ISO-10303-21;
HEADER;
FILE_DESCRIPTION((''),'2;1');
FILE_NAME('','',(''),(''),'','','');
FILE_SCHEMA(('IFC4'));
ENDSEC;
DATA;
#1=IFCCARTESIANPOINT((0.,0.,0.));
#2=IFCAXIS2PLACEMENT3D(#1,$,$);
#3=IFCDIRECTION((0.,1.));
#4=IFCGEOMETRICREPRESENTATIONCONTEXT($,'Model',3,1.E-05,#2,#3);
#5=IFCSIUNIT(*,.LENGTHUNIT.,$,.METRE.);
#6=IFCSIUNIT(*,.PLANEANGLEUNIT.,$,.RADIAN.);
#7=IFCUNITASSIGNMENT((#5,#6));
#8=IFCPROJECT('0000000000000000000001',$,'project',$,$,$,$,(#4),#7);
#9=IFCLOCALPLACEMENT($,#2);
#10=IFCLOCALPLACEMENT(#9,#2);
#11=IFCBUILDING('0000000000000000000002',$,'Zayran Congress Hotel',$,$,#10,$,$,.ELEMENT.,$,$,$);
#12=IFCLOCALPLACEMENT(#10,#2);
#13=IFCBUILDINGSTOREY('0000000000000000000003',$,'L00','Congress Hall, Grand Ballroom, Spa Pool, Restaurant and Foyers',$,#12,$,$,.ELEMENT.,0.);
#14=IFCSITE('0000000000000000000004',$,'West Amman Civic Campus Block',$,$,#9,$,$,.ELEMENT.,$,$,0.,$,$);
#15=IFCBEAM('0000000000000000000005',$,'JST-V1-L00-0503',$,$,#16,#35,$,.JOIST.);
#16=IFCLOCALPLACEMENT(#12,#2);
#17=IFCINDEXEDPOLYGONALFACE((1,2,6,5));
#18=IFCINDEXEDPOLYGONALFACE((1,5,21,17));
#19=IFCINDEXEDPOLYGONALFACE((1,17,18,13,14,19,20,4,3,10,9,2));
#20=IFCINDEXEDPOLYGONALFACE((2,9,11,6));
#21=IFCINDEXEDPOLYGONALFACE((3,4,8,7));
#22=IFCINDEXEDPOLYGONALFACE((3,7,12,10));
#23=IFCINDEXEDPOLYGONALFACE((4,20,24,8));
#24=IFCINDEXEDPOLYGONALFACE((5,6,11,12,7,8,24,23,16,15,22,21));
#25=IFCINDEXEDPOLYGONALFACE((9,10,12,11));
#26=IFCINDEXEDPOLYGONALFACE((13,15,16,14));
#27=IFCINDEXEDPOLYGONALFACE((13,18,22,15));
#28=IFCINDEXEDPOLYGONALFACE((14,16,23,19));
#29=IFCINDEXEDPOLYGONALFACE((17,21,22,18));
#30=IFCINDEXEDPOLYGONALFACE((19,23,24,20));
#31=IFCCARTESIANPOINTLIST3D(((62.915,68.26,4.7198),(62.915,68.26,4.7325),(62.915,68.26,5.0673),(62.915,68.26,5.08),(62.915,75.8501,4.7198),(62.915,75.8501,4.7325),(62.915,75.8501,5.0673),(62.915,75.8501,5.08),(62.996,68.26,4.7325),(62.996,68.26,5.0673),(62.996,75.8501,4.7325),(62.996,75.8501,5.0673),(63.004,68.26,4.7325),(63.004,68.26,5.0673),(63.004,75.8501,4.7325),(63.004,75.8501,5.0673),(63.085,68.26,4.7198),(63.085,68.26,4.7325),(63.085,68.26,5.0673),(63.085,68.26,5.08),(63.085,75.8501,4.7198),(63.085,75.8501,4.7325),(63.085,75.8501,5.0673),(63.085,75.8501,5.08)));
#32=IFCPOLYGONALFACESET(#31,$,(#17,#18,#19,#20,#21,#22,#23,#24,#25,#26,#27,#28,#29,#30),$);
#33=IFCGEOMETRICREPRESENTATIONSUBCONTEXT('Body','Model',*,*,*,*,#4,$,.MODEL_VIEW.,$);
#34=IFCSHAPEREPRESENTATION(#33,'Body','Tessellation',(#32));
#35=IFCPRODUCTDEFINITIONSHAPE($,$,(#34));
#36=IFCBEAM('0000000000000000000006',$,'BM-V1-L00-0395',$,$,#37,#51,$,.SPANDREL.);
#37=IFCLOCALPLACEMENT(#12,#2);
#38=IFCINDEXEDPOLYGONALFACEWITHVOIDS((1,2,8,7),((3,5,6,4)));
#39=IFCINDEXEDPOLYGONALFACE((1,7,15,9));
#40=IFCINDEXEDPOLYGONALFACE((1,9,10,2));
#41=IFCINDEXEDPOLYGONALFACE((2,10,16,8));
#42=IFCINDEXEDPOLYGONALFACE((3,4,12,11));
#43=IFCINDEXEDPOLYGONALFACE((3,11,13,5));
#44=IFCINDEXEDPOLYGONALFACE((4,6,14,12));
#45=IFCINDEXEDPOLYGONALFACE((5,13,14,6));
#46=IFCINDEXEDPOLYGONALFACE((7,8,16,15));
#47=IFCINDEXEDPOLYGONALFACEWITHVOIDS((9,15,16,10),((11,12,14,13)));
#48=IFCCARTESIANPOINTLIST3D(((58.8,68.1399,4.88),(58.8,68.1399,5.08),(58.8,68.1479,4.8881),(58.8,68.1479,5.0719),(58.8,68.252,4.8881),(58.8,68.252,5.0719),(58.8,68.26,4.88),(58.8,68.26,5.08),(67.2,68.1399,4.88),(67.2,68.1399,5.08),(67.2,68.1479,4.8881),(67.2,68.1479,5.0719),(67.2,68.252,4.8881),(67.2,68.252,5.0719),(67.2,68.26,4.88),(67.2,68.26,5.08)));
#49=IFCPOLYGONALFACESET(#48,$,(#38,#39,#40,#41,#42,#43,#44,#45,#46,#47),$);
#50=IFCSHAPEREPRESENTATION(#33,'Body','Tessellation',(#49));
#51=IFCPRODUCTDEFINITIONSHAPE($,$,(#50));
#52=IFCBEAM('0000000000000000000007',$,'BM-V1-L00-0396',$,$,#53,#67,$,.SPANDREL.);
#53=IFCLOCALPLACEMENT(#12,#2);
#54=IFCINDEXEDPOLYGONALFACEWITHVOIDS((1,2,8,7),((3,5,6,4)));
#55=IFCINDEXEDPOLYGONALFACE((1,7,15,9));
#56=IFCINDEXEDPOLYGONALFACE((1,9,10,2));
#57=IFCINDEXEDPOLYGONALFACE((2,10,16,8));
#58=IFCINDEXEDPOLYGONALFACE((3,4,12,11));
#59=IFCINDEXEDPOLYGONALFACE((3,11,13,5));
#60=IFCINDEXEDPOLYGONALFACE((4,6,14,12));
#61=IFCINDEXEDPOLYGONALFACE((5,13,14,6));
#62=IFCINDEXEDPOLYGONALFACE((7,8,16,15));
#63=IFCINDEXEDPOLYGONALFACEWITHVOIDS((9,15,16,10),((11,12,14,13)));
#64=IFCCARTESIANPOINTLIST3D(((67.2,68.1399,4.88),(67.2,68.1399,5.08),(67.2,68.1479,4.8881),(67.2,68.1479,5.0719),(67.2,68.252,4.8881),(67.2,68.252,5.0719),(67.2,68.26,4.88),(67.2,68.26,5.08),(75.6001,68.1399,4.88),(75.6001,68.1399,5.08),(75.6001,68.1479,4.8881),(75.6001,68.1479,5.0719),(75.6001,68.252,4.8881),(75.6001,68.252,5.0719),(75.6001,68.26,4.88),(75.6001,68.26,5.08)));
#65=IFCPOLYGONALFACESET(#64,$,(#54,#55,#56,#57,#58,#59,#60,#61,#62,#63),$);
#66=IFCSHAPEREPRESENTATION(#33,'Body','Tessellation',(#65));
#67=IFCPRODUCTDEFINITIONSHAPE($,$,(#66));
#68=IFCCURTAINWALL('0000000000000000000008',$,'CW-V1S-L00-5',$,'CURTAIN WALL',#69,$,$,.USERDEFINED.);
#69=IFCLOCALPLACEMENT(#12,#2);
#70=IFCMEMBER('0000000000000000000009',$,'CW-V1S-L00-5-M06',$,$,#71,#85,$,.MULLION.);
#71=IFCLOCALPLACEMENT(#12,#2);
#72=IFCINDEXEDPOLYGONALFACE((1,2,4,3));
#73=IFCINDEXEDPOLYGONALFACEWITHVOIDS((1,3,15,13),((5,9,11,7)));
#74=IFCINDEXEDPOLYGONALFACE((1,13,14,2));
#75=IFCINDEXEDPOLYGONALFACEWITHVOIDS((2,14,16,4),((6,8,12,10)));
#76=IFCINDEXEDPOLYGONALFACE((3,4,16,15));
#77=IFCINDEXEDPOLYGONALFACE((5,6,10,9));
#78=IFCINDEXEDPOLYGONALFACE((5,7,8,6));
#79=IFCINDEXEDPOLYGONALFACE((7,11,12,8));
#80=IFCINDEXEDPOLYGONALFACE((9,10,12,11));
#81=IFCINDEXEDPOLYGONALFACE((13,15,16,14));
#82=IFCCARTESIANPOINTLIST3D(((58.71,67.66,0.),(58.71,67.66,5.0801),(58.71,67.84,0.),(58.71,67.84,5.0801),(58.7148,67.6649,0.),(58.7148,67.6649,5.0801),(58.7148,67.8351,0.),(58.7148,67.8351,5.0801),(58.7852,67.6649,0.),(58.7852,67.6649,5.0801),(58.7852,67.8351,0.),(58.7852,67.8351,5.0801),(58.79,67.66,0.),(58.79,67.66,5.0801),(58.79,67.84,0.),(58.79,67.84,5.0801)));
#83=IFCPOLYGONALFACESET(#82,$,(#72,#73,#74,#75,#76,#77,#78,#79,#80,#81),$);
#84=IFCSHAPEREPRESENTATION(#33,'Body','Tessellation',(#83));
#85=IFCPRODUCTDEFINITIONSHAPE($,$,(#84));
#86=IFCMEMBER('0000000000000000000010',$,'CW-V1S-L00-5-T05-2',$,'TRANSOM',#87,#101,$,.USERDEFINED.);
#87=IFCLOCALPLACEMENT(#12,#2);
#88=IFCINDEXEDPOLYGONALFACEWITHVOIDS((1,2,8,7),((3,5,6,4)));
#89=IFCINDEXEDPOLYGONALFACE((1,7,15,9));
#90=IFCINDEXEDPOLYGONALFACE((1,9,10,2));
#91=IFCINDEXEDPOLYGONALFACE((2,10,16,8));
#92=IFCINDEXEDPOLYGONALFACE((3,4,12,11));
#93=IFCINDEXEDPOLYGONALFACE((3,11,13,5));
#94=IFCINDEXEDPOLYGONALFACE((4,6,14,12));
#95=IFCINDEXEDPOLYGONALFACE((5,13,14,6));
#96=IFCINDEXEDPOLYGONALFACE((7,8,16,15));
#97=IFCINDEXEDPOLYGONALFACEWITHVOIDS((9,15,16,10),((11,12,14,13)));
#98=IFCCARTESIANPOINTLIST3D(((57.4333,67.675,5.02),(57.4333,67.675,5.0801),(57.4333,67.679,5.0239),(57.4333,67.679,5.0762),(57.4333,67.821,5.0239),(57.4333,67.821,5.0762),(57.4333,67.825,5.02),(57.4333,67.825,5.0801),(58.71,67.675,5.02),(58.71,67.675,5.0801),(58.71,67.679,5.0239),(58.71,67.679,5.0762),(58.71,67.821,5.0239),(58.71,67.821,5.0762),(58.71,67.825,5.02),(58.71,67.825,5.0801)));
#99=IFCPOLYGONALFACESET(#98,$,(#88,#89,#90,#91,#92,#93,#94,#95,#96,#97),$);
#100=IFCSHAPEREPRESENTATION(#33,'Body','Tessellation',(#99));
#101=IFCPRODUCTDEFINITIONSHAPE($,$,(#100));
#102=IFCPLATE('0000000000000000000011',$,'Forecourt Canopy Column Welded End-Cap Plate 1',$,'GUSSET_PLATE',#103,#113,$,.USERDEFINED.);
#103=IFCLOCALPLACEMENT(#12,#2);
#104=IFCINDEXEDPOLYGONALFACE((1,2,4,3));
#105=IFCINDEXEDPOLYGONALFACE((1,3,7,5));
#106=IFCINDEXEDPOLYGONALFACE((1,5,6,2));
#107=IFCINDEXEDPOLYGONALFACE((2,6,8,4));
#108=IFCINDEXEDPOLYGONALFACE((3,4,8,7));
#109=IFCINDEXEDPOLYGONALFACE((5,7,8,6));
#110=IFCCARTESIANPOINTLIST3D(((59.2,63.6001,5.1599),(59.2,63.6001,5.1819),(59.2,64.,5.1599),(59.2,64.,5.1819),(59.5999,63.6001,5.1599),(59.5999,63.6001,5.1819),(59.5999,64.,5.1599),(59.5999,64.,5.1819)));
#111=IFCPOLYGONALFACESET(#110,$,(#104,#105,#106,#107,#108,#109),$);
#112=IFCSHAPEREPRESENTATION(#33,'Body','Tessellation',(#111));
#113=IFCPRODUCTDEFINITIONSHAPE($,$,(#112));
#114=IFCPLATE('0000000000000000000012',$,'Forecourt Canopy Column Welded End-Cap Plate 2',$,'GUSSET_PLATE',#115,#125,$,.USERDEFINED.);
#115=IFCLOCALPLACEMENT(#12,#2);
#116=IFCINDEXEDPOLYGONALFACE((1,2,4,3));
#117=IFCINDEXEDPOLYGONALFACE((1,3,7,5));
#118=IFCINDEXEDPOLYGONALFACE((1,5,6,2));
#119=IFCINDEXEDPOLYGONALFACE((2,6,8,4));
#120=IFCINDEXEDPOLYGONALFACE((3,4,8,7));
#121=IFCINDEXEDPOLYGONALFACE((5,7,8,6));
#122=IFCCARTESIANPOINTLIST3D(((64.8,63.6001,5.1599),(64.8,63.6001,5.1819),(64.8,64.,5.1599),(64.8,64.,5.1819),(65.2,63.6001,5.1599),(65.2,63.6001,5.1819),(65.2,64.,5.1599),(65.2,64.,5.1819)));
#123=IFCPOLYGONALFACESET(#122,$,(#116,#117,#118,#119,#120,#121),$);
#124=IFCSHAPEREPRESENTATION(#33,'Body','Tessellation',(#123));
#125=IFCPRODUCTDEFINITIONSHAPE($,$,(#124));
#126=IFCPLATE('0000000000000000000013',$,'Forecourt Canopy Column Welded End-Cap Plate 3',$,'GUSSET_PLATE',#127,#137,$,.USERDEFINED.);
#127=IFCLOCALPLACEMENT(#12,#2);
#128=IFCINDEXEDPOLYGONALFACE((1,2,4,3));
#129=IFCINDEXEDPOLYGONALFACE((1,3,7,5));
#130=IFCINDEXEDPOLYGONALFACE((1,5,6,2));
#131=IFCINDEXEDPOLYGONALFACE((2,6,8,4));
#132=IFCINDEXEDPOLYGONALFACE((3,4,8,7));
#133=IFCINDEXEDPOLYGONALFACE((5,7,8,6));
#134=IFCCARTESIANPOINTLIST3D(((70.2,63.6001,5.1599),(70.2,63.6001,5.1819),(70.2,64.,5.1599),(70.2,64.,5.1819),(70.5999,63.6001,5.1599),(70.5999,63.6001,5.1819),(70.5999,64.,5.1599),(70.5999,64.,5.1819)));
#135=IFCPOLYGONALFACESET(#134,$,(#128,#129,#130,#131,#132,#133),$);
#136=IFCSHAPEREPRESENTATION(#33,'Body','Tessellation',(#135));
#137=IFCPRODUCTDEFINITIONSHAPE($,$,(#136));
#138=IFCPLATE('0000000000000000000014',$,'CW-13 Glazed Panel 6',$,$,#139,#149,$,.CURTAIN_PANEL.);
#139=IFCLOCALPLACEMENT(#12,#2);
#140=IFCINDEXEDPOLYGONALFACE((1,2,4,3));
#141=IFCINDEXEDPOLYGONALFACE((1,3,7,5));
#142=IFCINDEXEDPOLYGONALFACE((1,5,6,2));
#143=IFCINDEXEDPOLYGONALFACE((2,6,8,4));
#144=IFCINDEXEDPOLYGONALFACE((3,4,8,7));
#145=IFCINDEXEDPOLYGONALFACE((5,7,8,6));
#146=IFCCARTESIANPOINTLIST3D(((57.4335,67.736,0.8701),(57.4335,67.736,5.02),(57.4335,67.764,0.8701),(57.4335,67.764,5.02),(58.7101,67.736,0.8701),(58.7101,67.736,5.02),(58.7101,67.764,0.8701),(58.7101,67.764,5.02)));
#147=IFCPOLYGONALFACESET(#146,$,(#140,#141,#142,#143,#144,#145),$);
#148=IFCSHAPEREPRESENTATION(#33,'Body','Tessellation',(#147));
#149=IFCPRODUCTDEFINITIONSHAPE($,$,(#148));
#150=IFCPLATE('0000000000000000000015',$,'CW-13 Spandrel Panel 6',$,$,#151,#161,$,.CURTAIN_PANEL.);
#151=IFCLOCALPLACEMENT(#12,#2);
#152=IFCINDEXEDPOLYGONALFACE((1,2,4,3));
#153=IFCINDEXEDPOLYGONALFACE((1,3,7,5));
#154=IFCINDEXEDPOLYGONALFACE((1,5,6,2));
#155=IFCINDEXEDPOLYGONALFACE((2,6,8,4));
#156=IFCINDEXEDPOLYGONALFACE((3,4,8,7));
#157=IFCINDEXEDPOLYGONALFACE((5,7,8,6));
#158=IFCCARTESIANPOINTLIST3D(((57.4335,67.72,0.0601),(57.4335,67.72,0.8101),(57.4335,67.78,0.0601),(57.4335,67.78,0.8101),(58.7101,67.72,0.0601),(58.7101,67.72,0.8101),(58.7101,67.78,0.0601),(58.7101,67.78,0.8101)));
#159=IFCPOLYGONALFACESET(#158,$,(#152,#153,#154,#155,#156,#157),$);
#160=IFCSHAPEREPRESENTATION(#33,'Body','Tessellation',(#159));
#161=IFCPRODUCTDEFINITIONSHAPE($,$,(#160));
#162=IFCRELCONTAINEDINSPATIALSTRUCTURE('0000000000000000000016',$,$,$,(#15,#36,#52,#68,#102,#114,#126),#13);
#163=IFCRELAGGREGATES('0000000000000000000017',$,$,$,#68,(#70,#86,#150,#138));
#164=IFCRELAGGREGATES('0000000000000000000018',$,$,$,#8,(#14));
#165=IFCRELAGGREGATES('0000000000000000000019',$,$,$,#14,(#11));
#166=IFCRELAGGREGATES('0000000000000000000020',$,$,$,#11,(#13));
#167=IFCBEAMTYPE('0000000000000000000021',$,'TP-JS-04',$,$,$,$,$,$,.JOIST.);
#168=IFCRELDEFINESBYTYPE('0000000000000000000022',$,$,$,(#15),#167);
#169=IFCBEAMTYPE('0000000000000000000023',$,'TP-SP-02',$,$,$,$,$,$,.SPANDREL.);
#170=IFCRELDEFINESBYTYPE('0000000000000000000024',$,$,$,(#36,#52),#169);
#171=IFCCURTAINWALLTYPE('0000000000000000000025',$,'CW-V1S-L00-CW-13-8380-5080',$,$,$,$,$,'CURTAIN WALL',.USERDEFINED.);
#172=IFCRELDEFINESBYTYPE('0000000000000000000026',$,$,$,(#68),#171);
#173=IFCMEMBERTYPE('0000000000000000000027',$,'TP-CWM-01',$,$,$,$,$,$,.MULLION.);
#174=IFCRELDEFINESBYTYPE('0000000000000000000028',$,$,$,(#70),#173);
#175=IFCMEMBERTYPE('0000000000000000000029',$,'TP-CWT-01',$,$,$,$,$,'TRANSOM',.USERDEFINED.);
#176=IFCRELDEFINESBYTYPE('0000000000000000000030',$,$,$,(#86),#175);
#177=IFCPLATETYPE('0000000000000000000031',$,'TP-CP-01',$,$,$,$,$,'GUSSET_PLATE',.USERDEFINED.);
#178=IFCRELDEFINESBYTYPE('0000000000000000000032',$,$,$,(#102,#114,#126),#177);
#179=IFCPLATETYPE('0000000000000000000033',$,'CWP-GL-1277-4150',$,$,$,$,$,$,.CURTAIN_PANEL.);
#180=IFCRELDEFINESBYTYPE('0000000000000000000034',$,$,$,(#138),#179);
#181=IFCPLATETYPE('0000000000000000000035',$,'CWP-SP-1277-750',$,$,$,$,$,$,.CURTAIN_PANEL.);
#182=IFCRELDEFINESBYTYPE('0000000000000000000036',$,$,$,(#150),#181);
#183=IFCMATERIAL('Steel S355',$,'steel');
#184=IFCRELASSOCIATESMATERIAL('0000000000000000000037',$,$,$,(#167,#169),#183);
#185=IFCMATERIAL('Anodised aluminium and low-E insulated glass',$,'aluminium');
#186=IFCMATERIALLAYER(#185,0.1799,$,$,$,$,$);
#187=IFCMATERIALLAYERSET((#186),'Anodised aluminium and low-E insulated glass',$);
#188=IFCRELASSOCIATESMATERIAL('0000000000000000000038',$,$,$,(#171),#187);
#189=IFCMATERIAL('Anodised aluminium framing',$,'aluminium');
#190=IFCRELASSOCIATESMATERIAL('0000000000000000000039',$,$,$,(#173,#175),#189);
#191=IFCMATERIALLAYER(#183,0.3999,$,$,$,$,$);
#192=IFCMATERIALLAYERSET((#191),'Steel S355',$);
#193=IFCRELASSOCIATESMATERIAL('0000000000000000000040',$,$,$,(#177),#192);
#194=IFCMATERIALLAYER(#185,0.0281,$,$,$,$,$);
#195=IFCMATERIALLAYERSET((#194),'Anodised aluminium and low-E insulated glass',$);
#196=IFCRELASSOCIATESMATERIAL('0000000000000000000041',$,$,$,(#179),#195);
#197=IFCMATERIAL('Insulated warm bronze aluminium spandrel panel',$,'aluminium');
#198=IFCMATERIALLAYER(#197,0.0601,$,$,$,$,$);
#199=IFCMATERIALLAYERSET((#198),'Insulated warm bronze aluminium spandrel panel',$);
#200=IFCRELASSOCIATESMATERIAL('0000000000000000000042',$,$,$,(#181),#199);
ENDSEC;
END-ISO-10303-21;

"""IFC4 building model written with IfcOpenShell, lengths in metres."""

from ifc_helpers import new_model, si_unit, direction, frame, origin, origin_2d, place, context, subcontext, project, spatial, rectangle, hollow_rectangle, i_section, extrude, material, layer, layer_set, material_profile, profile_set, type_object, element, aggregate, save


model = new_model("IFC4")

# Units and contexts
model_context = context("Model", 3, precision=1e-05, world=origin(), true_north=direction((0.0, 1.0)))
body_context = subcontext(model_context, "Body", "Model", "MODEL_VIEW")
ifc_project = project(units=[si_unit("LENGTHUNIT", "METRE"), si_unit("PLANEANGLEUNIT", "RADIAN")], contexts=[model_context])

# Site, building, storey
site_placement = place(None, origin())
site = spatial("IfcSite", under=ifc_project, at=site_placement, Name="West Amman Civic Campus Block", CompositionType="ELEMENT", RefElevation=0.0)
building_placement = place(site_placement, origin())
building = spatial("IfcBuilding", under=site, at=building_placement, Name="Zayran Congress Hotel", CompositionType="ELEMENT")
storey_placement = place(building_placement, origin())
storey = spatial("IfcBuildingStorey", under=building, at=storey_placement, Name="L00", Description="Congress Hall, Grand Ballroom, Spa Pool, Restaurant and Foyers", CompositionType="ELEMENT", Elevation=0.0)

# Shared definitions
ifc_material_1 = material(Name="Steel S355", Category="steel")

# Beams
ifc_material_profile_1 = material_profile(ifc_material_1, i_section(OverallWidth=0.1699, OverallDepth=0.3601, WebThickness=0.0081, FlangeThickness=0.0127, at=origin_2d()), Name="IPE 360")
ifc_profile_set_1 = profile_set([ifc_material_profile_1], Name="Steel S355")
beam_type_1 = type_object("IfcBeamType", Name="TP-JS-04", PredefinedType="JOIST", material=ifc_profile_set_1)
beam_1_placement = place(storey_placement, frame((63.0, 68.26, 4.8999), z_axis=(0.0, 1.0, 0.0), x_axis=(-1.0, 0.0, 0.0)))
element("IfcBeam", 1, at=beam_1_placement, inside=storey, type_object=beam_type_1, Name="JST-V1-L00-0503", PredefinedType="JOIST", context=body_context, shape_type="SweptSolid", body=[
    extrude(i_section(OverallWidth=0.1699, OverallDepth=0.3601, WebThickness=0.0081, FlangeThickness=0.0127, at=origin_2d()), origin(), (0.0, 0.0, 1.0), 7.5901),
])
ifc_material_profile_2 = material_profile(ifc_material_1, hollow_rectangle(XDim=0.1201, YDim=0.2, WallThickness=0.0081, at=origin_2d()), Name="RHS 200x120x8")
ifc_profile_set_2 = profile_set([ifc_material_profile_2], Name="Steel S355")
beam_type_2 = type_object("IfcBeamType", Name="TP-SP-02", PredefinedType="SPANDREL", material=ifc_profile_set_2)
beam_2_placement = place(storey_placement, frame((58.8, 68.2, 4.98), z_axis=(1.0, 0.0, 0.0), x_axis=(0.0, 1.0, 0.0)))
element("IfcBeam", 2, at=beam_2_placement, inside=storey, type_object=beam_type_2, Name="BM-V1-L00-0395", PredefinedType="SPANDREL", context=body_context, shape_type="SweptSolid", body=[
    extrude(hollow_rectangle(XDim=0.1201, YDim=0.2, WallThickness=0.0081, at=origin_2d()), origin(), (0.0, 0.0, 1.0), 8.3999),
])
beam_3_placement = place(storey_placement, frame((67.2, 68.2, 4.98), z_axis=(1.0, 0.0, 0.0), x_axis=(0.0, 1.0, 0.0)))
element("IfcBeam", 3, at=beam_3_placement, inside=storey, type_object=beam_type_2, Name="BM-V1-L00-0396", PredefinedType="SPANDREL", context=body_context, shape_type="SweptSolid", body=[
    extrude(hollow_rectangle(XDim=0.1201, YDim=0.2, WallThickness=0.0081, at=origin_2d()), origin(), (0.0, 0.0, 1.0), 8.4001),
])

# Curtain wall, members
ifc_material_2 = material(Name="Anodised aluminium and low-E insulated glass", Category="aluminium")
ifc_layer_1 = layer(ifc_material_2, 0.1799)
ifc_layer_set_1 = layer_set([ifc_layer_1], Name="Anodised aluminium and low-E insulated glass")
curtain_wall_type = type_object("IfcCurtainWallType", Name="CW-V1S-L00-CW-13-8380-5080", ElementType="CURTAIN WALL", PredefinedType="USERDEFINED", material=ifc_layer_set_1)
curtain_wall_placement = place(storey_placement, origin())
curtain_wall = element("IfcCurtainWall", 4, at=curtain_wall_placement, inside=storey, type_object=curtain_wall_type, Name="CW-V1S-L00-5", ObjectType="CURTAIN WALL", PredefinedType="USERDEFINED")
ifc_material_3 = material(Name="Anodised aluminium framing", Category="aluminium")
ifc_material_profile_3 = material_profile(ifc_material_3, hollow_rectangle(XDim=0.0801, YDim=0.1799, WallThickness=0.0049, at=origin_2d()), Name="RHS 180x80x5")
ifc_profile_set_3 = profile_set([ifc_material_profile_3], Name="Anodised aluminium framing")
member_type_1 = type_object("IfcMemberType", Name="TP-CWM-01", PredefinedType="MULLION", material=ifc_profile_set_3)
member_1_placement = place(storey_placement, frame((58.75, 67.75, 0.0), z_axis=(0.0, 0.0, 1.0), x_axis=(1.0, 0.0, 0.0)))
member_1 = element("IfcMember", 5, at=member_1_placement, type_object=member_type_1, Name="CW-V1S-L00-5-M06", PredefinedType="MULLION", context=body_context, shape_type="SweptSolid", body=[
    extrude(hollow_rectangle(XDim=0.0801, YDim=0.1799, WallThickness=0.0049, at=origin_2d()), origin(), (0.0, 0.0, 1.0), 5.0801),
])
ifc_material_profile_4 = material_profile(ifc_material_3, hollow_rectangle(XDim=0.0601, YDim=0.1499, WallThickness=0.0039, at=origin_2d()), Name="RHS 150x60x4")
ifc_profile_set_4 = profile_set([ifc_material_profile_4], Name="Anodised aluminium framing")
member_type_2 = type_object("IfcMemberType", Name="TP-CWT-01", ElementType="TRANSOM", PredefinedType="USERDEFINED", material=ifc_profile_set_4)
member_2_placement = place(storey_placement, frame((57.4333, 67.75, 5.05), z_axis=(1.0, 0.0, 0.0), x_axis=(0.0, 0.0, 1.0)))
member_2 = element("IfcMember", 6, at=member_2_placement, type_object=member_type_2, Name="CW-V1S-L00-5-T05-2", ObjectType="TRANSOM", PredefinedType="USERDEFINED", context=body_context, shape_type="SweptSolid", body=[
    extrude(hollow_rectangle(XDim=0.0601, YDim=0.1499, WallThickness=0.0039, at=origin_2d()), origin(), (0.0, 0.0, 1.0), 1.2766),
])

# Plates
ifc_layer_2 = layer(ifc_material_1, 0.3999)
ifc_layer_set_2 = layer_set([ifc_layer_2], Name="Steel S355")
plate_type_1 = type_object("IfcPlateType", Name="TP-CP-01", ElementType="GUSSET_PLATE", PredefinedType="USERDEFINED", material=ifc_layer_set_2)
for number, where, z_axis, x_axis, name in (
    (7, (59.3999, 63.8, 5.1599), (0.0, 0.0, 1.0), (1.0, 0.0, 0.0), "Forecourt Canopy Column Welded End-Cap Plate 1"),
    (8, (65.0, 63.8, 5.1599), (0.0, 0.0, 1.0), (1.0, 0.0, 0.0), "Forecourt Canopy Column Welded End-Cap Plate 2"),
    (9, (70.3999, 63.8, 5.1599), (0.0, 0.0, 1.0), (1.0, 0.0, 0.0), "Forecourt Canopy Column Welded End-Cap Plate 3"),
):
    element("IfcPlate", number, at=place(storey_placement, frame(where, z_axis=z_axis, x_axis=x_axis)), inside=storey, type_object=plate_type_1, Name=name, ObjectType="GUSSET_PLATE", PredefinedType="USERDEFINED", context=body_context, shape_type="SweptSolid", body=[
        extrude(rectangle(XDim=0.3999, YDim=0.3999, at=origin_2d()), origin(), (0.0, 0.0, 1.0), 0.022),
    ])

# Plates
ifc_layer_3 = layer(ifc_material_2, 0.0281)
ifc_layer_set_3 = layer_set([ifc_layer_3], Name="Anodised aluminium and low-E insulated glass")
plate_type_2 = type_object("IfcPlateType", Name="CWP-GL-1277-4150", PredefinedType="CURTAIN_PANEL", material=ifc_layer_set_3)
plate_1_placement = place(storey_placement, frame((58.0718, 67.75, 0.8701), z_axis=(0.0, 0.0, 1.0), x_axis=(1.0, 0.0, 0.0)))
plate_1 = element("IfcPlate", 10, at=plate_1_placement, type_object=plate_type_2, Name="CW-13 Glazed Panel 6", PredefinedType="CURTAIN_PANEL", context=body_context, shape_type="SweptSolid", body=[
    extrude(rectangle(XDim=1.2766, YDim=0.0281, at=origin_2d()), origin(), (0.0, 0.0, 1.0), 4.1499),
])
ifc_material_4 = material(Name="Insulated warm bronze aluminium spandrel panel", Category="aluminium")
ifc_layer_4 = layer(ifc_material_4, 0.0601)
ifc_layer_set_4 = layer_set([ifc_layer_4], Name="Insulated warm bronze aluminium spandrel panel")
plate_type_3 = type_object("IfcPlateType", Name="CWP-SP-1277-750", PredefinedType="CURTAIN_PANEL", material=ifc_layer_set_4)
plate_2_placement = place(storey_placement, frame((58.0718, 67.75, 0.0601), z_axis=(0.0, 0.0, 1.0), x_axis=(1.0, 0.0, 0.0)))
plate_2 = element("IfcPlate", 11, at=plate_2_placement, type_object=plate_type_3, Name="CW-13 Spandrel Panel 6", PredefinedType="CURTAIN_PANEL", context=body_context, shape_type="SweptSolid", body=[
    extrude(rectangle(XDim=1.2766, YDim=0.0601, at=origin_2d()), origin(), (0.0, 0.0, 1.0), 0.75),
])
aggregate(curtain_wall, [member_1, member_2, plate_2, plate_1])

save(model, "model.ifc")
